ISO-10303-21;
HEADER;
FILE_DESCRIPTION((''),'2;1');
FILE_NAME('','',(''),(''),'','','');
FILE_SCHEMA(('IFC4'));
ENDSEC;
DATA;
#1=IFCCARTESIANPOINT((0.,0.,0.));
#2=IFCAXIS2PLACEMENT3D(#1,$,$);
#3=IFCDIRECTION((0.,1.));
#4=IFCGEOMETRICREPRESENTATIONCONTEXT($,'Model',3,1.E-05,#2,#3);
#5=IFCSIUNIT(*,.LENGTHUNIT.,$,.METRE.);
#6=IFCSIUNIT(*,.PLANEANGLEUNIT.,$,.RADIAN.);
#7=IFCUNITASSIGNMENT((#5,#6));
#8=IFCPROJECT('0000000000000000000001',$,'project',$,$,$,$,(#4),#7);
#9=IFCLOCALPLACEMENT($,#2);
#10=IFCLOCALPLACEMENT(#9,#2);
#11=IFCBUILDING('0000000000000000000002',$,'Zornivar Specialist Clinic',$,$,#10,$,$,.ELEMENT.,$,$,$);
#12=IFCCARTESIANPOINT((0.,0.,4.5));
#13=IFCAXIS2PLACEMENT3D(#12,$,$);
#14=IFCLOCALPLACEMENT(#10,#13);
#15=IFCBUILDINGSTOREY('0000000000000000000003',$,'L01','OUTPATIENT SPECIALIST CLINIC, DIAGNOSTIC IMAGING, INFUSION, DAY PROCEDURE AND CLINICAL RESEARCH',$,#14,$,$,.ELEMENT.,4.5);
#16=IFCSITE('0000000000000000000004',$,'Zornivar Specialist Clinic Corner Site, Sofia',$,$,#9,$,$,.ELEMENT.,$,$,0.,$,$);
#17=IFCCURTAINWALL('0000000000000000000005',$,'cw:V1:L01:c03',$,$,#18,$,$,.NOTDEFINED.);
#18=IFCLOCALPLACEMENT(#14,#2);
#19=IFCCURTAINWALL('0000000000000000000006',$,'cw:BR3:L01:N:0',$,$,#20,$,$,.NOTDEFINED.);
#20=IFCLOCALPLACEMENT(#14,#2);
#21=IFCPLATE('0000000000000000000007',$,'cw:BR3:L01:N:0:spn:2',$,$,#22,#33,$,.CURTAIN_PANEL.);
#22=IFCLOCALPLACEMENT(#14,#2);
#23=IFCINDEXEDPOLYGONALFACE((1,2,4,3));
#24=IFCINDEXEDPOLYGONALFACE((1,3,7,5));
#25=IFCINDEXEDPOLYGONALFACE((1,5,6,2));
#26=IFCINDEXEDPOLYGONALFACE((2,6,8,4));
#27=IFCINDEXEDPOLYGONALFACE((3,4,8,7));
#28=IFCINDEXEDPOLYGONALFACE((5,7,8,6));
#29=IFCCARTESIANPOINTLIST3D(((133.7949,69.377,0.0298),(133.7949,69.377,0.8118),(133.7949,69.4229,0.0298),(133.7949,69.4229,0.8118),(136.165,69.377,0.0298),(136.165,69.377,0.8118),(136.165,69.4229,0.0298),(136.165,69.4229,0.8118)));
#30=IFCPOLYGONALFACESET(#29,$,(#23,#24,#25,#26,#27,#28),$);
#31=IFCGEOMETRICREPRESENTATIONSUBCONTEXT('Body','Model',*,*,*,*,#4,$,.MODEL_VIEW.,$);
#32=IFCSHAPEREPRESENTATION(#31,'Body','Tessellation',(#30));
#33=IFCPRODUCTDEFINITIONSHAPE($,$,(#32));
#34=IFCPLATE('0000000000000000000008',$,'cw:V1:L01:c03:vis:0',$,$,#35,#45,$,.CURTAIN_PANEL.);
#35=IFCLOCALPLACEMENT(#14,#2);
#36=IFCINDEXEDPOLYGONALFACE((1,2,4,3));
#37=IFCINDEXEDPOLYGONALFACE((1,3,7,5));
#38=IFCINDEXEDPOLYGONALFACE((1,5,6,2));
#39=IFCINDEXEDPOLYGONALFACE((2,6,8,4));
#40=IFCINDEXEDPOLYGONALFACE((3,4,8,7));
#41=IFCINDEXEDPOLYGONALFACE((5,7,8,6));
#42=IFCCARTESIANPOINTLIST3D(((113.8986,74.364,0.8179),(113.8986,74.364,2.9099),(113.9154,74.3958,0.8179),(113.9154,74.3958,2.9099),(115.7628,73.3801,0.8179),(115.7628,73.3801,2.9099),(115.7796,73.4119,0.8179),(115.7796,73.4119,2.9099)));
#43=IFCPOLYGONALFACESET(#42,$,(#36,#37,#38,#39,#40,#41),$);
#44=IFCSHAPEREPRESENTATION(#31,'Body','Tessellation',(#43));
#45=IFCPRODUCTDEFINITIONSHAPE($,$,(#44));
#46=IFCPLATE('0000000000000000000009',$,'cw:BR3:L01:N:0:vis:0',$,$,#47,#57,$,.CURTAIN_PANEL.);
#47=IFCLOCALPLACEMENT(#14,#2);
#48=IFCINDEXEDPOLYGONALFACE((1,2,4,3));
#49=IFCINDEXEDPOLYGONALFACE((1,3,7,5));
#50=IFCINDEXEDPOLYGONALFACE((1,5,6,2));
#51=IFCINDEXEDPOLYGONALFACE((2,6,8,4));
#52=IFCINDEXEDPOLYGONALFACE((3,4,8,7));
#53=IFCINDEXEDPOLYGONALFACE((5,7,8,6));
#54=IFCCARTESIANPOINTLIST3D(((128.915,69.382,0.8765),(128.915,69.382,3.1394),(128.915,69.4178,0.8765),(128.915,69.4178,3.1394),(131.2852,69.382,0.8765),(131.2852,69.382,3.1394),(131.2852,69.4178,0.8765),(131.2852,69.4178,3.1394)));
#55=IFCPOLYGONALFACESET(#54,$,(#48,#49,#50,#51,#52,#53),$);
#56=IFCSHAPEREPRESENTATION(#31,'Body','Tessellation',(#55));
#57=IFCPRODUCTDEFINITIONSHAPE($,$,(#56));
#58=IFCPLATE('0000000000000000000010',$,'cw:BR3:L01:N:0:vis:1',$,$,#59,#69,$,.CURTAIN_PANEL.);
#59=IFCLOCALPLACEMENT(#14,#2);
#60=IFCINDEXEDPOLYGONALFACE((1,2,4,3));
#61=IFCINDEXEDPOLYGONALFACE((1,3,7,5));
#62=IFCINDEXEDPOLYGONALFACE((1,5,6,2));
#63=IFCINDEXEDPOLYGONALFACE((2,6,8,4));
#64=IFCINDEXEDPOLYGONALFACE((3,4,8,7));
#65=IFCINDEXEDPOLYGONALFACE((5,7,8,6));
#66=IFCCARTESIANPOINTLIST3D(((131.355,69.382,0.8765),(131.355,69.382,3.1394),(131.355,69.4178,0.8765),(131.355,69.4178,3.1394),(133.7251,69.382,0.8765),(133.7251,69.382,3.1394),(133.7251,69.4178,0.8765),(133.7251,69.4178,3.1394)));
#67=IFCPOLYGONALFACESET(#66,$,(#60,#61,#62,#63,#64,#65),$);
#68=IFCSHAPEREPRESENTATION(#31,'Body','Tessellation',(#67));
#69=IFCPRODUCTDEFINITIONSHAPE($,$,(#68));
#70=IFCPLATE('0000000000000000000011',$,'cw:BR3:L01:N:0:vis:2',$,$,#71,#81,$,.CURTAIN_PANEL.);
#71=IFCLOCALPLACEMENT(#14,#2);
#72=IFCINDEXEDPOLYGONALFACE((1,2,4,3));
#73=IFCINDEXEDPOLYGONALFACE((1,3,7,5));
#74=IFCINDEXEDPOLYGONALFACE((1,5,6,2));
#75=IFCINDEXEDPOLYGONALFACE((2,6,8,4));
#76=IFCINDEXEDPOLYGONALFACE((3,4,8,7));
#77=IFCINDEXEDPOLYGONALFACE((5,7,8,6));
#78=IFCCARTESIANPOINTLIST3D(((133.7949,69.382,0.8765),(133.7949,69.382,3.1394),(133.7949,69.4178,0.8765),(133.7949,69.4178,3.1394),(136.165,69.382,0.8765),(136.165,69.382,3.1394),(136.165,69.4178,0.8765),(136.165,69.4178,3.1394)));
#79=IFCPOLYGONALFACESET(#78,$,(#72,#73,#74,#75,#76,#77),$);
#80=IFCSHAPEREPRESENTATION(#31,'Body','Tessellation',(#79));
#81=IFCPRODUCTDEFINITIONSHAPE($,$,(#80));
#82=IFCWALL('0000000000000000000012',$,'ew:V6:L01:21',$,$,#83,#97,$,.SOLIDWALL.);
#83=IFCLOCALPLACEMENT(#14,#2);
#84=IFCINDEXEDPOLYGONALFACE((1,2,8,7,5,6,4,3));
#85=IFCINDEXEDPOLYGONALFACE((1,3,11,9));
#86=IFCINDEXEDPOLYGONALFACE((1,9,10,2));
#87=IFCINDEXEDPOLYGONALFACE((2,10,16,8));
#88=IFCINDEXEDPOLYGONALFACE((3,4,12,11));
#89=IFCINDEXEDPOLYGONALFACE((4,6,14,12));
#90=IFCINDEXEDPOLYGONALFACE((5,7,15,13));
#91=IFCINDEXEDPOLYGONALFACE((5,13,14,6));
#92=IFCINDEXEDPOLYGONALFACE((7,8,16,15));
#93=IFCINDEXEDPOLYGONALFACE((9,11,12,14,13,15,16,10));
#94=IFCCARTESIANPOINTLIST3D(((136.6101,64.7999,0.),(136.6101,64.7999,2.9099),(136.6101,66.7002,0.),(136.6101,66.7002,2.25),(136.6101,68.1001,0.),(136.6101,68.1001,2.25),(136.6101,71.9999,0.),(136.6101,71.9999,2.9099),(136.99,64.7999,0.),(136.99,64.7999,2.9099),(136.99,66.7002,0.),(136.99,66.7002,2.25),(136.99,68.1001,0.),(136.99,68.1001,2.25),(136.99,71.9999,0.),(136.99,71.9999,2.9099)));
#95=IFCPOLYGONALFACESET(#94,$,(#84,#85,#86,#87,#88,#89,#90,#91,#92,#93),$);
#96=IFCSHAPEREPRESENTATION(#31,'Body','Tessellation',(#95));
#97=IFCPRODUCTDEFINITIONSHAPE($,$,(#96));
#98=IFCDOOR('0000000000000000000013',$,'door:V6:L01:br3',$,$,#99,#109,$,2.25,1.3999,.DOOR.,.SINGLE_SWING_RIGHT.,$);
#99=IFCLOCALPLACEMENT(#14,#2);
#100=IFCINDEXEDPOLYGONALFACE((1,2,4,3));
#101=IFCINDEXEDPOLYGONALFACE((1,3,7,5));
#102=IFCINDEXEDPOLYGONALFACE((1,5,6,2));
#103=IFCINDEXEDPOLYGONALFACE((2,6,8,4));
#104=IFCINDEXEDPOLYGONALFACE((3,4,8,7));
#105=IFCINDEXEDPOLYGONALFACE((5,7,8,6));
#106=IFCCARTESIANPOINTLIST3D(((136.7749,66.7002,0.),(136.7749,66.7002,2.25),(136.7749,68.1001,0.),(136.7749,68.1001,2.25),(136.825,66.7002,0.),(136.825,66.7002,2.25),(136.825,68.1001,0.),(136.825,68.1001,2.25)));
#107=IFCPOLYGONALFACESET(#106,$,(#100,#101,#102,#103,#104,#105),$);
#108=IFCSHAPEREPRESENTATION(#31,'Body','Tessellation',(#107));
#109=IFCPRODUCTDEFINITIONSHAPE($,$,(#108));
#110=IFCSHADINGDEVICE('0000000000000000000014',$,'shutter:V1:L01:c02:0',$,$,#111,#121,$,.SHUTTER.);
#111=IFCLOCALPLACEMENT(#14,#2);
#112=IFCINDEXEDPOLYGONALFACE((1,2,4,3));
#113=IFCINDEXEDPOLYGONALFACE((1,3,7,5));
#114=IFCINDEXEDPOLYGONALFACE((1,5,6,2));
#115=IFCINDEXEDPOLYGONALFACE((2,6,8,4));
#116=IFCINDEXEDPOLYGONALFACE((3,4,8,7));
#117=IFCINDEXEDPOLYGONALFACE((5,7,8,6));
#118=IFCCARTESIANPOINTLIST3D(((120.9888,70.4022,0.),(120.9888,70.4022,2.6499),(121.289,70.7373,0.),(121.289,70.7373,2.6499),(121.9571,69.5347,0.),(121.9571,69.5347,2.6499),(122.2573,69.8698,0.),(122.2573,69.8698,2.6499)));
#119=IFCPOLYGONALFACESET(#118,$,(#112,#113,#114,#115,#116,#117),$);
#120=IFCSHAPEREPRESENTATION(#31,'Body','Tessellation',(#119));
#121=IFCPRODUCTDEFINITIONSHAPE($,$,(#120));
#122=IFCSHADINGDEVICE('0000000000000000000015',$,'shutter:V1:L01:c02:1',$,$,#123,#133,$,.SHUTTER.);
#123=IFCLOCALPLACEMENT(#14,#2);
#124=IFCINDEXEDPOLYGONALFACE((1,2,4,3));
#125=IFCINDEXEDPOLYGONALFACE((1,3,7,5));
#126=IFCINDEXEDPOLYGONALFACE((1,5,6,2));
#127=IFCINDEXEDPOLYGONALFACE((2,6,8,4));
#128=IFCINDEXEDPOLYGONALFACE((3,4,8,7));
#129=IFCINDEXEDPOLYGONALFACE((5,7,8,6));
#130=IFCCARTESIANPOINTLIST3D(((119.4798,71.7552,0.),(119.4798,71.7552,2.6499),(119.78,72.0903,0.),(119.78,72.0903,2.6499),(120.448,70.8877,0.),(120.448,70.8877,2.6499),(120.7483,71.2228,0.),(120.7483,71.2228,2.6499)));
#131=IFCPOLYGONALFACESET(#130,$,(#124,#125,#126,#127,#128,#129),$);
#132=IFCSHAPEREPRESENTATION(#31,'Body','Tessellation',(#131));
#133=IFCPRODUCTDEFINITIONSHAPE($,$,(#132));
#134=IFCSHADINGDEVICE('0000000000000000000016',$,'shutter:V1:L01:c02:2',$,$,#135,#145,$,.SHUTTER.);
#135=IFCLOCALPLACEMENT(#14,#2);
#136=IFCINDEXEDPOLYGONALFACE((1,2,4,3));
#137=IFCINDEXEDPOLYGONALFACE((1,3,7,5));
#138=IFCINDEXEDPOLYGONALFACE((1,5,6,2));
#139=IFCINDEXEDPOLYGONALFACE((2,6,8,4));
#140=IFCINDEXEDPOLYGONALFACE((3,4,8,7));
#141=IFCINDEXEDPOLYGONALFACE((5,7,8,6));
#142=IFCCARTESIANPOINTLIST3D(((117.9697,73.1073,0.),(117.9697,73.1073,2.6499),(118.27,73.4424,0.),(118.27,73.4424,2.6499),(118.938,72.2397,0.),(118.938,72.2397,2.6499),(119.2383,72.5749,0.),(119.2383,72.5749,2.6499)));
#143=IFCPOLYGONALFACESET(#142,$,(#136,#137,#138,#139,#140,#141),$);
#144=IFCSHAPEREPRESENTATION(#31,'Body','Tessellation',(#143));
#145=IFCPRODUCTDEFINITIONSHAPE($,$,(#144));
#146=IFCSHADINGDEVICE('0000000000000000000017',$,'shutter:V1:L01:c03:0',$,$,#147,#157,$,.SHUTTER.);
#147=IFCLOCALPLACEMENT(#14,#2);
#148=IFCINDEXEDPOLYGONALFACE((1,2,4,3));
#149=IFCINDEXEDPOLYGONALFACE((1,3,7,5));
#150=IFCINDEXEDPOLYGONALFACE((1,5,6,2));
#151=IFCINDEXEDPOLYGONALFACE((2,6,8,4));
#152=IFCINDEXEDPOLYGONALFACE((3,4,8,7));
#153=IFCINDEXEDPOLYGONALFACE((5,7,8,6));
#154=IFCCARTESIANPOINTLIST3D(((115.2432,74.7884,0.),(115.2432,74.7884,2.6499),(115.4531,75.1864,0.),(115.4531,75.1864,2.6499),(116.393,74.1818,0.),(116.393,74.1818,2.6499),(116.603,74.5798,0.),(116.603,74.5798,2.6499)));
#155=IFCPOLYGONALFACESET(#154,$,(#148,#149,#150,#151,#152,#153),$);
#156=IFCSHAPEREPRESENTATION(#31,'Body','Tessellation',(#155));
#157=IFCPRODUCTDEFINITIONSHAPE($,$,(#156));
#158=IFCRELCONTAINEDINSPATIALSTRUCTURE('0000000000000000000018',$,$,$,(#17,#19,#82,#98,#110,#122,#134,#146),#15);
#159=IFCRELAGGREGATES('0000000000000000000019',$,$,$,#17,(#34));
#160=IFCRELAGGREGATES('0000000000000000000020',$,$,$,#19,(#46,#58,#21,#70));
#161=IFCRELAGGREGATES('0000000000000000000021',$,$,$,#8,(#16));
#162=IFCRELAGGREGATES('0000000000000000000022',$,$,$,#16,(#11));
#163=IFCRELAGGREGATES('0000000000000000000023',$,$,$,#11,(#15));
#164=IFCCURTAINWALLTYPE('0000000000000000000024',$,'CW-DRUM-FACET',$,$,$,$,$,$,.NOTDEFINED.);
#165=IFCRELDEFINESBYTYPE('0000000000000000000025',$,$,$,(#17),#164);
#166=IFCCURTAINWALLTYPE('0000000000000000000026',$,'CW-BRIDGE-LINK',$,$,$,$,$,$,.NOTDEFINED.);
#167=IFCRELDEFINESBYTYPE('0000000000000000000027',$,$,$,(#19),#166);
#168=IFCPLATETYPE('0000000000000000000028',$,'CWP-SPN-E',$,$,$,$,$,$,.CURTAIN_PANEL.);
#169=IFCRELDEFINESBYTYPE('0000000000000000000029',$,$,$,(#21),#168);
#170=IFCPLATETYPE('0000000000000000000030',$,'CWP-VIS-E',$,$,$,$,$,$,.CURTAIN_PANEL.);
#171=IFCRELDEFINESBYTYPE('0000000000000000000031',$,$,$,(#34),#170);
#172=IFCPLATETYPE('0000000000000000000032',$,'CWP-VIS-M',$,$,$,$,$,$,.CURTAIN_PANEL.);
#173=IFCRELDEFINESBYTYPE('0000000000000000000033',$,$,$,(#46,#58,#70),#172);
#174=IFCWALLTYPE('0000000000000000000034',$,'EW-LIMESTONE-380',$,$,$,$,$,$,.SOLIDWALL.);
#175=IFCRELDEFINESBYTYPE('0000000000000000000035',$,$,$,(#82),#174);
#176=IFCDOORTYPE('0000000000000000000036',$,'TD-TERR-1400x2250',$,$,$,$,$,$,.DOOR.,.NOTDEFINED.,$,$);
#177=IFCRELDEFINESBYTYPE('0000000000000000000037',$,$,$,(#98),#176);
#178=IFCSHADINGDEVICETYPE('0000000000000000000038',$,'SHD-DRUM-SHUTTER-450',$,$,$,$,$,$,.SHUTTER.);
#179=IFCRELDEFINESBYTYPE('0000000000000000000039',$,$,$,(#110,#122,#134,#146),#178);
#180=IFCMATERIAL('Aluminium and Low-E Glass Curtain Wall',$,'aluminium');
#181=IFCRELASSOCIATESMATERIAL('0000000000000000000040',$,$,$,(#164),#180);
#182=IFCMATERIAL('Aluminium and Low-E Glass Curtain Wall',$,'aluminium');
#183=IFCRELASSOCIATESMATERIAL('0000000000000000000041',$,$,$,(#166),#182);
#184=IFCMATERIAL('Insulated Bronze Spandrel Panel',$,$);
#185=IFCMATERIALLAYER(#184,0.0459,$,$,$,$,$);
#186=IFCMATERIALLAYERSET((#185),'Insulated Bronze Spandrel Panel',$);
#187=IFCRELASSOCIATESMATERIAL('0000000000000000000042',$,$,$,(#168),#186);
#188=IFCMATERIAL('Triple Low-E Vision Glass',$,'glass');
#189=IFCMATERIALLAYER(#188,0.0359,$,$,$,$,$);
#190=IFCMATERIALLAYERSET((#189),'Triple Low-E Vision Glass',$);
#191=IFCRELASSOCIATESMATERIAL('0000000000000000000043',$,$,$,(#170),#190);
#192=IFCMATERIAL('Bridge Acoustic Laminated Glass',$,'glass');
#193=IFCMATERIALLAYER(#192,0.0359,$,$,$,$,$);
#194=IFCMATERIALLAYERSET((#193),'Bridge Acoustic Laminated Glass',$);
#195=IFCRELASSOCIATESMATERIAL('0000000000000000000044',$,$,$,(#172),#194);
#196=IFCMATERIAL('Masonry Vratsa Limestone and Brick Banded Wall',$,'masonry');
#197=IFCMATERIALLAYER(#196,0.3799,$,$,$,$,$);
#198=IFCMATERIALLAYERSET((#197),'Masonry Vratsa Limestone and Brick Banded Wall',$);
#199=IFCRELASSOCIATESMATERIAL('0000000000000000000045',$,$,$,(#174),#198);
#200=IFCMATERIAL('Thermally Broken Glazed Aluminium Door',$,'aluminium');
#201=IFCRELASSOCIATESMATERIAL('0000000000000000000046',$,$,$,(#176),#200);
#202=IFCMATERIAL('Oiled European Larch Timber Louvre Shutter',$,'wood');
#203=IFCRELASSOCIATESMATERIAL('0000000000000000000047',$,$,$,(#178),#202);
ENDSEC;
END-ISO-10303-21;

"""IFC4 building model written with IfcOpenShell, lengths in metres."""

from ifc_helpers import new_model, si_unit, direction, frame, frame_2d, origin, origin_2d, place, context, subcontext, project, spatial, rectangle, extrude, material, layer, layer_set, type_object, element, fill, aggregate, save


model = new_model("IFC4")

# Units and contexts
model_context = context("Model", 3, precision=1e-05, world=origin(), true_north=direction((0.0, 1.0)))
body_context = subcontext(model_context, "Body", "Model", "MODEL_VIEW")
ifc_project = project(units=[si_unit("LENGTHUNIT", "METRE"), si_unit("PLANEANGLEUNIT", "RADIAN")], contexts=[model_context])

# Site, building, storey
site_placement = place(None, origin())
site = spatial("IfcSite", under=ifc_project, at=site_placement, Name="Zornivar Specialist Clinic Corner Site, Sofia", CompositionType="ELEMENT", RefElevation=0.0)
building_placement = place(site_placement, origin())
building = spatial("IfcBuilding", under=site, at=building_placement, Name="Zornivar Specialist Clinic", CompositionType="ELEMENT")
storey_placement = place(building_placement, frame((0.0, 0.0, 4.5)))
storey = spatial("IfcBuildingStorey", under=building, at=storey_placement, Name="L01", Description="OUTPATIENT SPECIALIST CLINIC, DIAGNOSTIC IMAGING, INFUSION, DAY PROCEDURE AND CLINICAL RESEARCH", CompositionType="ELEMENT", Elevation=4.5)

# Curtain walls
ifc_material_1 = material(Name="Aluminium and Low-E Glass Curtain Wall", Category="aluminium")
curtain_wall_type_1 = type_object("IfcCurtainWallType", Name="CW-DRUM-FACET", PredefinedType="NOTDEFINED", material=ifc_material_1)
curtain_wall_1_placement = place(storey_placement, origin())
curtain_wall_1 = element("IfcCurtainWall", 1, at=curtain_wall_1_placement, inside=storey, type_object=curtain_wall_type_1, Name="cw:V1:L01:c03", PredefinedType="NOTDEFINED")
ifc_material_2 = material(Name="Aluminium and Low-E Glass Curtain Wall", Category="aluminium")
curtain_wall_type_2 = type_object("IfcCurtainWallType", Name="CW-BRIDGE-LINK", PredefinedType="NOTDEFINED", material=ifc_material_2)
curtain_wall_2_placement = place(storey_placement, origin())
curtain_wall_2 = element("IfcCurtainWall", 2, at=curtain_wall_2_placement, inside=storey, type_object=curtain_wall_type_2, Name="cw:BR3:L01:N:0", PredefinedType="NOTDEFINED")

# Plates
ifc_material_3 = material(Name="Insulated Bronze Spandrel Panel")
ifc_layer_1 = layer(ifc_material_3, 0.0459)
ifc_layer_set_1 = layer_set([ifc_layer_1], Name="Insulated Bronze Spandrel Panel")
plate_type_1 = type_object("IfcPlateType", Name="CWP-SPN-E", PredefinedType="CURTAIN_PANEL", material=ifc_layer_set_1)
plate_1_placement = place(storey_placement, frame((134.98, 69.3999, 0.0298), z_axis=(0.0, 0.0, 1.0), x_axis=(1.0, 0.0, 0.0)))
plate_1 = element("IfcPlate", 3, at=plate_1_placement, type_object=plate_type_1, Name="cw:BR3:L01:N:0:spn:2", PredefinedType="CURTAIN_PANEL", context=body_context, shape_type="SweptSolid", body=[
    extrude(rectangle(XDim=2.3701, YDim=0.0459, at=origin_2d()), origin(), (0.0, 0.0, 1.0), 0.782),
])
ifc_material_4 = material(Name="Triple Low-E Vision Glass", Category="glass")
ifc_layer_2 = layer(ifc_material_4, 0.0359)
ifc_layer_set_2 = layer_set([ifc_layer_2], Name="Triple Low-E Vision Glass")
plate_type_2 = type_object("IfcPlateType", Name="CWP-VIS-E", PredefinedType="CURTAIN_PANEL", material=ifc_layer_set_2)
plate_2_placement = place(storey_placement, frame((114.8391, 73.8879, 0.8179), z_axis=(0.0, 0.0, 1.0), x_axis=(-0.884383, 0.466762, 0.0)))
plate_2 = element("IfcPlate", 4, at=plate_2_placement, type_object=plate_type_2, Name="cw:V1:L01:c03:vis:0", PredefinedType="CURTAIN_PANEL", context=body_context, shape_type="SweptSolid", body=[
    extrude(rectangle(XDim=2.1079, YDim=0.0359, at=origin_2d()), origin(), (0.0, 0.0, 1.0), 2.092),
])
aggregate(curtain_wall_1, [plate_2])
ifc_material_5 = material(Name="Bridge Acoustic Laminated Glass", Category="glass")
ifc_layer_3 = layer(ifc_material_5, 0.0359)
ifc_layer_set_3 = layer_set([ifc_layer_3], Name="Bridge Acoustic Laminated Glass")
plate_type_3 = type_object("IfcPlateType", Name="CWP-VIS-M", PredefinedType="CURTAIN_PANEL", material=ifc_layer_set_3)
plate_3_placement = place(storey_placement, frame((130.1001, 69.3999, 0.8765), z_axis=(0.0, 0.0, 1.0), x_axis=(1.0, 0.0, 0.0)))
plate_3 = element("IfcPlate", 5, at=plate_3_placement, type_object=plate_type_3, Name="cw:BR3:L01:N:0:vis:0", PredefinedType="CURTAIN_PANEL", context=body_context, shape_type="SweptSolid", body=[
    extrude(rectangle(XDim=2.3701, YDim=0.0359, at=origin_2d()), origin(), (0.0, 0.0, 1.0), 2.2629),
])
plate_4_placement = place(storey_placement, frame((132.54, 69.3999, 0.8765), z_axis=(0.0, 0.0, 1.0), x_axis=(1.0, 0.0, 0.0)))
plate_4 = element("IfcPlate", 6, at=plate_4_placement, type_object=plate_type_3, Name="cw:BR3:L01:N:0:vis:1", PredefinedType="CURTAIN_PANEL", context=body_context, shape_type="SweptSolid", body=[
    extrude(rectangle(XDim=2.3701, YDim=0.0359, at=origin_2d()), origin(), (0.0, 0.0, 1.0), 2.2629),
])
plate_5_placement = place(storey_placement, frame((134.98, 69.3999, 0.8765), z_axis=(0.0, 0.0, 1.0), x_axis=(1.0, 0.0, 0.0)))
plate_5 = element("IfcPlate", 7, at=plate_5_placement, type_object=plate_type_3, Name="cw:BR3:L01:N:0:vis:2", PredefinedType="CURTAIN_PANEL", context=body_context, shape_type="SweptSolid", body=[
    extrude(rectangle(XDim=2.3701, YDim=0.0359, at=origin_2d()), origin(), (0.0, 0.0, 1.0), 2.2629),
])
aggregate(curtain_wall_2, [plate_3, plate_4, plate_1, plate_5])

# Wall, opening, door
ifc_material_6 = material(Name="Masonry Vratsa Limestone and Brick Banded Wall", Category="masonry")
ifc_layer_4 = layer(ifc_material_6, 0.3799)
ifc_layer_set_4 = layer_set([ifc_layer_4], Name="Masonry Vratsa Limestone and Brick Banded Wall")
wall_type = type_object("IfcWallType", Name="EW-LIMESTONE-380", PredefinedType="SOLIDWALL", material=ifc_layer_set_4)
wall_placement = place(storey_placement, frame((136.8, 72.0, 0.0), z_axis=(0.0, 0.0, 1.0), x_axis=(0.0, -1.0, 0.0)))
wall = element("IfcWall", 8, at=wall_placement, inside=storey, type_object=wall_type, Name="ew:V6:L01:21", PredefinedType="SOLIDWALL", context=body_context, shape_type="SweptSolid", body=[
    extrude(rectangle(XDim=7.2, YDim=0.3799, at=frame_2d((3.6001, 0.0))), origin(), (0.0, 0.0, 1.0), 2.9099),
])
opening_placement = place(wall_placement, frame((3.8999, 0.0, 0.0)))
opening = element("IfcOpeningElement", 9, at=opening_placement, cuts=wall, PredefinedType="OPENING", context=body_context, shape_type="SweptSolid", body=[
    extrude(rectangle(XDim=1.3999, YDim=2.25, at=frame_2d((0.7, 1.125))), frame((0.0, 0.2, 0.0), z_axis=(0.0, -1.0, 0.0), x_axis=(1.0, 0.0, 0.0)), (0.0, 0.0, 1.0), 0.3999),
])
ifc_material_7 = material(Name="Thermally Broken Glazed Aluminium Door", Category="aluminium")
door_type = type_object("IfcDoorType", Name="TD-TERR-1400x2250", OperationType="NOTDEFINED", PredefinedType="DOOR", material=ifc_material_7)
door_placement = place(opening_placement, origin())
door = element("IfcDoor", 10, at=door_placement, inside=storey, type_object=door_type, Name="door:V6:L01:br3", OperationType="SINGLE_SWING_RIGHT", OverallHeight=2.25, OverallWidth=1.3999, PredefinedType="DOOR", context=body_context, shape_type="SweptSolid", body=[
    extrude(rectangle(XDim=1.3999, YDim=2.25, at=frame_2d((0.7, 1.125))), frame((0.0, 0.0249, 0.0), z_axis=(0.0, -1.0, 0.0), x_axis=(1.0, 0.0, 0.0)), (0.0, 0.0, 1.0), 0.05),
])
fill(opening, door)

# Shading devices
ifc_material_8 = material(Name="Oiled European Larch Timber Louvre Shutter", Category="wood")
shading_device_type = type_object("IfcShadingDeviceType", Name="SHD-DRUM-SHUTTER-450", PredefinedType="SHUTTER", material=ifc_material_8)
for number, where, z_axis, x_axis, name in (
    (11, (121.623, 70.136, 0.0), (0.0, 0.0, 1.0), (-0.744797, 0.667291, 0.0), "shutter:V1:L01:c02:0"),
    (12, (120.114, 71.489, 0.0), (0.0, 0.0, 1.0), (-0.744797, 0.667291, 0.0), "shutter:V1:L01:c02:1"),
    (13, (118.604, 72.8411, 0.0), (0.0, 0.0, 1.0), (-0.744797, 0.667291, 0.0), "shutter:V1:L01:c02:2"),
    (14, (115.9231, 74.6841, 0.0), (0.0, 0.0, 1.0), (-0.88447, 0.466597, 0.0), "shutter:V1:L01:c03:0"),
):
    element("IfcShadingDevice", number, at=place(storey_placement, frame(where, z_axis=z_axis, x_axis=x_axis)), inside=storey, type_object=shading_device_type, Name=name, PredefinedType="SHUTTER", context=body_context, shape_type="SweptSolid", body=[
        extrude(rectangle(XDim=1.3, YDim=0.45, at=origin_2d()), origin(), (0.0, 0.0, 1.0), 2.6499),
    ])

save(model, "model.ifc")
